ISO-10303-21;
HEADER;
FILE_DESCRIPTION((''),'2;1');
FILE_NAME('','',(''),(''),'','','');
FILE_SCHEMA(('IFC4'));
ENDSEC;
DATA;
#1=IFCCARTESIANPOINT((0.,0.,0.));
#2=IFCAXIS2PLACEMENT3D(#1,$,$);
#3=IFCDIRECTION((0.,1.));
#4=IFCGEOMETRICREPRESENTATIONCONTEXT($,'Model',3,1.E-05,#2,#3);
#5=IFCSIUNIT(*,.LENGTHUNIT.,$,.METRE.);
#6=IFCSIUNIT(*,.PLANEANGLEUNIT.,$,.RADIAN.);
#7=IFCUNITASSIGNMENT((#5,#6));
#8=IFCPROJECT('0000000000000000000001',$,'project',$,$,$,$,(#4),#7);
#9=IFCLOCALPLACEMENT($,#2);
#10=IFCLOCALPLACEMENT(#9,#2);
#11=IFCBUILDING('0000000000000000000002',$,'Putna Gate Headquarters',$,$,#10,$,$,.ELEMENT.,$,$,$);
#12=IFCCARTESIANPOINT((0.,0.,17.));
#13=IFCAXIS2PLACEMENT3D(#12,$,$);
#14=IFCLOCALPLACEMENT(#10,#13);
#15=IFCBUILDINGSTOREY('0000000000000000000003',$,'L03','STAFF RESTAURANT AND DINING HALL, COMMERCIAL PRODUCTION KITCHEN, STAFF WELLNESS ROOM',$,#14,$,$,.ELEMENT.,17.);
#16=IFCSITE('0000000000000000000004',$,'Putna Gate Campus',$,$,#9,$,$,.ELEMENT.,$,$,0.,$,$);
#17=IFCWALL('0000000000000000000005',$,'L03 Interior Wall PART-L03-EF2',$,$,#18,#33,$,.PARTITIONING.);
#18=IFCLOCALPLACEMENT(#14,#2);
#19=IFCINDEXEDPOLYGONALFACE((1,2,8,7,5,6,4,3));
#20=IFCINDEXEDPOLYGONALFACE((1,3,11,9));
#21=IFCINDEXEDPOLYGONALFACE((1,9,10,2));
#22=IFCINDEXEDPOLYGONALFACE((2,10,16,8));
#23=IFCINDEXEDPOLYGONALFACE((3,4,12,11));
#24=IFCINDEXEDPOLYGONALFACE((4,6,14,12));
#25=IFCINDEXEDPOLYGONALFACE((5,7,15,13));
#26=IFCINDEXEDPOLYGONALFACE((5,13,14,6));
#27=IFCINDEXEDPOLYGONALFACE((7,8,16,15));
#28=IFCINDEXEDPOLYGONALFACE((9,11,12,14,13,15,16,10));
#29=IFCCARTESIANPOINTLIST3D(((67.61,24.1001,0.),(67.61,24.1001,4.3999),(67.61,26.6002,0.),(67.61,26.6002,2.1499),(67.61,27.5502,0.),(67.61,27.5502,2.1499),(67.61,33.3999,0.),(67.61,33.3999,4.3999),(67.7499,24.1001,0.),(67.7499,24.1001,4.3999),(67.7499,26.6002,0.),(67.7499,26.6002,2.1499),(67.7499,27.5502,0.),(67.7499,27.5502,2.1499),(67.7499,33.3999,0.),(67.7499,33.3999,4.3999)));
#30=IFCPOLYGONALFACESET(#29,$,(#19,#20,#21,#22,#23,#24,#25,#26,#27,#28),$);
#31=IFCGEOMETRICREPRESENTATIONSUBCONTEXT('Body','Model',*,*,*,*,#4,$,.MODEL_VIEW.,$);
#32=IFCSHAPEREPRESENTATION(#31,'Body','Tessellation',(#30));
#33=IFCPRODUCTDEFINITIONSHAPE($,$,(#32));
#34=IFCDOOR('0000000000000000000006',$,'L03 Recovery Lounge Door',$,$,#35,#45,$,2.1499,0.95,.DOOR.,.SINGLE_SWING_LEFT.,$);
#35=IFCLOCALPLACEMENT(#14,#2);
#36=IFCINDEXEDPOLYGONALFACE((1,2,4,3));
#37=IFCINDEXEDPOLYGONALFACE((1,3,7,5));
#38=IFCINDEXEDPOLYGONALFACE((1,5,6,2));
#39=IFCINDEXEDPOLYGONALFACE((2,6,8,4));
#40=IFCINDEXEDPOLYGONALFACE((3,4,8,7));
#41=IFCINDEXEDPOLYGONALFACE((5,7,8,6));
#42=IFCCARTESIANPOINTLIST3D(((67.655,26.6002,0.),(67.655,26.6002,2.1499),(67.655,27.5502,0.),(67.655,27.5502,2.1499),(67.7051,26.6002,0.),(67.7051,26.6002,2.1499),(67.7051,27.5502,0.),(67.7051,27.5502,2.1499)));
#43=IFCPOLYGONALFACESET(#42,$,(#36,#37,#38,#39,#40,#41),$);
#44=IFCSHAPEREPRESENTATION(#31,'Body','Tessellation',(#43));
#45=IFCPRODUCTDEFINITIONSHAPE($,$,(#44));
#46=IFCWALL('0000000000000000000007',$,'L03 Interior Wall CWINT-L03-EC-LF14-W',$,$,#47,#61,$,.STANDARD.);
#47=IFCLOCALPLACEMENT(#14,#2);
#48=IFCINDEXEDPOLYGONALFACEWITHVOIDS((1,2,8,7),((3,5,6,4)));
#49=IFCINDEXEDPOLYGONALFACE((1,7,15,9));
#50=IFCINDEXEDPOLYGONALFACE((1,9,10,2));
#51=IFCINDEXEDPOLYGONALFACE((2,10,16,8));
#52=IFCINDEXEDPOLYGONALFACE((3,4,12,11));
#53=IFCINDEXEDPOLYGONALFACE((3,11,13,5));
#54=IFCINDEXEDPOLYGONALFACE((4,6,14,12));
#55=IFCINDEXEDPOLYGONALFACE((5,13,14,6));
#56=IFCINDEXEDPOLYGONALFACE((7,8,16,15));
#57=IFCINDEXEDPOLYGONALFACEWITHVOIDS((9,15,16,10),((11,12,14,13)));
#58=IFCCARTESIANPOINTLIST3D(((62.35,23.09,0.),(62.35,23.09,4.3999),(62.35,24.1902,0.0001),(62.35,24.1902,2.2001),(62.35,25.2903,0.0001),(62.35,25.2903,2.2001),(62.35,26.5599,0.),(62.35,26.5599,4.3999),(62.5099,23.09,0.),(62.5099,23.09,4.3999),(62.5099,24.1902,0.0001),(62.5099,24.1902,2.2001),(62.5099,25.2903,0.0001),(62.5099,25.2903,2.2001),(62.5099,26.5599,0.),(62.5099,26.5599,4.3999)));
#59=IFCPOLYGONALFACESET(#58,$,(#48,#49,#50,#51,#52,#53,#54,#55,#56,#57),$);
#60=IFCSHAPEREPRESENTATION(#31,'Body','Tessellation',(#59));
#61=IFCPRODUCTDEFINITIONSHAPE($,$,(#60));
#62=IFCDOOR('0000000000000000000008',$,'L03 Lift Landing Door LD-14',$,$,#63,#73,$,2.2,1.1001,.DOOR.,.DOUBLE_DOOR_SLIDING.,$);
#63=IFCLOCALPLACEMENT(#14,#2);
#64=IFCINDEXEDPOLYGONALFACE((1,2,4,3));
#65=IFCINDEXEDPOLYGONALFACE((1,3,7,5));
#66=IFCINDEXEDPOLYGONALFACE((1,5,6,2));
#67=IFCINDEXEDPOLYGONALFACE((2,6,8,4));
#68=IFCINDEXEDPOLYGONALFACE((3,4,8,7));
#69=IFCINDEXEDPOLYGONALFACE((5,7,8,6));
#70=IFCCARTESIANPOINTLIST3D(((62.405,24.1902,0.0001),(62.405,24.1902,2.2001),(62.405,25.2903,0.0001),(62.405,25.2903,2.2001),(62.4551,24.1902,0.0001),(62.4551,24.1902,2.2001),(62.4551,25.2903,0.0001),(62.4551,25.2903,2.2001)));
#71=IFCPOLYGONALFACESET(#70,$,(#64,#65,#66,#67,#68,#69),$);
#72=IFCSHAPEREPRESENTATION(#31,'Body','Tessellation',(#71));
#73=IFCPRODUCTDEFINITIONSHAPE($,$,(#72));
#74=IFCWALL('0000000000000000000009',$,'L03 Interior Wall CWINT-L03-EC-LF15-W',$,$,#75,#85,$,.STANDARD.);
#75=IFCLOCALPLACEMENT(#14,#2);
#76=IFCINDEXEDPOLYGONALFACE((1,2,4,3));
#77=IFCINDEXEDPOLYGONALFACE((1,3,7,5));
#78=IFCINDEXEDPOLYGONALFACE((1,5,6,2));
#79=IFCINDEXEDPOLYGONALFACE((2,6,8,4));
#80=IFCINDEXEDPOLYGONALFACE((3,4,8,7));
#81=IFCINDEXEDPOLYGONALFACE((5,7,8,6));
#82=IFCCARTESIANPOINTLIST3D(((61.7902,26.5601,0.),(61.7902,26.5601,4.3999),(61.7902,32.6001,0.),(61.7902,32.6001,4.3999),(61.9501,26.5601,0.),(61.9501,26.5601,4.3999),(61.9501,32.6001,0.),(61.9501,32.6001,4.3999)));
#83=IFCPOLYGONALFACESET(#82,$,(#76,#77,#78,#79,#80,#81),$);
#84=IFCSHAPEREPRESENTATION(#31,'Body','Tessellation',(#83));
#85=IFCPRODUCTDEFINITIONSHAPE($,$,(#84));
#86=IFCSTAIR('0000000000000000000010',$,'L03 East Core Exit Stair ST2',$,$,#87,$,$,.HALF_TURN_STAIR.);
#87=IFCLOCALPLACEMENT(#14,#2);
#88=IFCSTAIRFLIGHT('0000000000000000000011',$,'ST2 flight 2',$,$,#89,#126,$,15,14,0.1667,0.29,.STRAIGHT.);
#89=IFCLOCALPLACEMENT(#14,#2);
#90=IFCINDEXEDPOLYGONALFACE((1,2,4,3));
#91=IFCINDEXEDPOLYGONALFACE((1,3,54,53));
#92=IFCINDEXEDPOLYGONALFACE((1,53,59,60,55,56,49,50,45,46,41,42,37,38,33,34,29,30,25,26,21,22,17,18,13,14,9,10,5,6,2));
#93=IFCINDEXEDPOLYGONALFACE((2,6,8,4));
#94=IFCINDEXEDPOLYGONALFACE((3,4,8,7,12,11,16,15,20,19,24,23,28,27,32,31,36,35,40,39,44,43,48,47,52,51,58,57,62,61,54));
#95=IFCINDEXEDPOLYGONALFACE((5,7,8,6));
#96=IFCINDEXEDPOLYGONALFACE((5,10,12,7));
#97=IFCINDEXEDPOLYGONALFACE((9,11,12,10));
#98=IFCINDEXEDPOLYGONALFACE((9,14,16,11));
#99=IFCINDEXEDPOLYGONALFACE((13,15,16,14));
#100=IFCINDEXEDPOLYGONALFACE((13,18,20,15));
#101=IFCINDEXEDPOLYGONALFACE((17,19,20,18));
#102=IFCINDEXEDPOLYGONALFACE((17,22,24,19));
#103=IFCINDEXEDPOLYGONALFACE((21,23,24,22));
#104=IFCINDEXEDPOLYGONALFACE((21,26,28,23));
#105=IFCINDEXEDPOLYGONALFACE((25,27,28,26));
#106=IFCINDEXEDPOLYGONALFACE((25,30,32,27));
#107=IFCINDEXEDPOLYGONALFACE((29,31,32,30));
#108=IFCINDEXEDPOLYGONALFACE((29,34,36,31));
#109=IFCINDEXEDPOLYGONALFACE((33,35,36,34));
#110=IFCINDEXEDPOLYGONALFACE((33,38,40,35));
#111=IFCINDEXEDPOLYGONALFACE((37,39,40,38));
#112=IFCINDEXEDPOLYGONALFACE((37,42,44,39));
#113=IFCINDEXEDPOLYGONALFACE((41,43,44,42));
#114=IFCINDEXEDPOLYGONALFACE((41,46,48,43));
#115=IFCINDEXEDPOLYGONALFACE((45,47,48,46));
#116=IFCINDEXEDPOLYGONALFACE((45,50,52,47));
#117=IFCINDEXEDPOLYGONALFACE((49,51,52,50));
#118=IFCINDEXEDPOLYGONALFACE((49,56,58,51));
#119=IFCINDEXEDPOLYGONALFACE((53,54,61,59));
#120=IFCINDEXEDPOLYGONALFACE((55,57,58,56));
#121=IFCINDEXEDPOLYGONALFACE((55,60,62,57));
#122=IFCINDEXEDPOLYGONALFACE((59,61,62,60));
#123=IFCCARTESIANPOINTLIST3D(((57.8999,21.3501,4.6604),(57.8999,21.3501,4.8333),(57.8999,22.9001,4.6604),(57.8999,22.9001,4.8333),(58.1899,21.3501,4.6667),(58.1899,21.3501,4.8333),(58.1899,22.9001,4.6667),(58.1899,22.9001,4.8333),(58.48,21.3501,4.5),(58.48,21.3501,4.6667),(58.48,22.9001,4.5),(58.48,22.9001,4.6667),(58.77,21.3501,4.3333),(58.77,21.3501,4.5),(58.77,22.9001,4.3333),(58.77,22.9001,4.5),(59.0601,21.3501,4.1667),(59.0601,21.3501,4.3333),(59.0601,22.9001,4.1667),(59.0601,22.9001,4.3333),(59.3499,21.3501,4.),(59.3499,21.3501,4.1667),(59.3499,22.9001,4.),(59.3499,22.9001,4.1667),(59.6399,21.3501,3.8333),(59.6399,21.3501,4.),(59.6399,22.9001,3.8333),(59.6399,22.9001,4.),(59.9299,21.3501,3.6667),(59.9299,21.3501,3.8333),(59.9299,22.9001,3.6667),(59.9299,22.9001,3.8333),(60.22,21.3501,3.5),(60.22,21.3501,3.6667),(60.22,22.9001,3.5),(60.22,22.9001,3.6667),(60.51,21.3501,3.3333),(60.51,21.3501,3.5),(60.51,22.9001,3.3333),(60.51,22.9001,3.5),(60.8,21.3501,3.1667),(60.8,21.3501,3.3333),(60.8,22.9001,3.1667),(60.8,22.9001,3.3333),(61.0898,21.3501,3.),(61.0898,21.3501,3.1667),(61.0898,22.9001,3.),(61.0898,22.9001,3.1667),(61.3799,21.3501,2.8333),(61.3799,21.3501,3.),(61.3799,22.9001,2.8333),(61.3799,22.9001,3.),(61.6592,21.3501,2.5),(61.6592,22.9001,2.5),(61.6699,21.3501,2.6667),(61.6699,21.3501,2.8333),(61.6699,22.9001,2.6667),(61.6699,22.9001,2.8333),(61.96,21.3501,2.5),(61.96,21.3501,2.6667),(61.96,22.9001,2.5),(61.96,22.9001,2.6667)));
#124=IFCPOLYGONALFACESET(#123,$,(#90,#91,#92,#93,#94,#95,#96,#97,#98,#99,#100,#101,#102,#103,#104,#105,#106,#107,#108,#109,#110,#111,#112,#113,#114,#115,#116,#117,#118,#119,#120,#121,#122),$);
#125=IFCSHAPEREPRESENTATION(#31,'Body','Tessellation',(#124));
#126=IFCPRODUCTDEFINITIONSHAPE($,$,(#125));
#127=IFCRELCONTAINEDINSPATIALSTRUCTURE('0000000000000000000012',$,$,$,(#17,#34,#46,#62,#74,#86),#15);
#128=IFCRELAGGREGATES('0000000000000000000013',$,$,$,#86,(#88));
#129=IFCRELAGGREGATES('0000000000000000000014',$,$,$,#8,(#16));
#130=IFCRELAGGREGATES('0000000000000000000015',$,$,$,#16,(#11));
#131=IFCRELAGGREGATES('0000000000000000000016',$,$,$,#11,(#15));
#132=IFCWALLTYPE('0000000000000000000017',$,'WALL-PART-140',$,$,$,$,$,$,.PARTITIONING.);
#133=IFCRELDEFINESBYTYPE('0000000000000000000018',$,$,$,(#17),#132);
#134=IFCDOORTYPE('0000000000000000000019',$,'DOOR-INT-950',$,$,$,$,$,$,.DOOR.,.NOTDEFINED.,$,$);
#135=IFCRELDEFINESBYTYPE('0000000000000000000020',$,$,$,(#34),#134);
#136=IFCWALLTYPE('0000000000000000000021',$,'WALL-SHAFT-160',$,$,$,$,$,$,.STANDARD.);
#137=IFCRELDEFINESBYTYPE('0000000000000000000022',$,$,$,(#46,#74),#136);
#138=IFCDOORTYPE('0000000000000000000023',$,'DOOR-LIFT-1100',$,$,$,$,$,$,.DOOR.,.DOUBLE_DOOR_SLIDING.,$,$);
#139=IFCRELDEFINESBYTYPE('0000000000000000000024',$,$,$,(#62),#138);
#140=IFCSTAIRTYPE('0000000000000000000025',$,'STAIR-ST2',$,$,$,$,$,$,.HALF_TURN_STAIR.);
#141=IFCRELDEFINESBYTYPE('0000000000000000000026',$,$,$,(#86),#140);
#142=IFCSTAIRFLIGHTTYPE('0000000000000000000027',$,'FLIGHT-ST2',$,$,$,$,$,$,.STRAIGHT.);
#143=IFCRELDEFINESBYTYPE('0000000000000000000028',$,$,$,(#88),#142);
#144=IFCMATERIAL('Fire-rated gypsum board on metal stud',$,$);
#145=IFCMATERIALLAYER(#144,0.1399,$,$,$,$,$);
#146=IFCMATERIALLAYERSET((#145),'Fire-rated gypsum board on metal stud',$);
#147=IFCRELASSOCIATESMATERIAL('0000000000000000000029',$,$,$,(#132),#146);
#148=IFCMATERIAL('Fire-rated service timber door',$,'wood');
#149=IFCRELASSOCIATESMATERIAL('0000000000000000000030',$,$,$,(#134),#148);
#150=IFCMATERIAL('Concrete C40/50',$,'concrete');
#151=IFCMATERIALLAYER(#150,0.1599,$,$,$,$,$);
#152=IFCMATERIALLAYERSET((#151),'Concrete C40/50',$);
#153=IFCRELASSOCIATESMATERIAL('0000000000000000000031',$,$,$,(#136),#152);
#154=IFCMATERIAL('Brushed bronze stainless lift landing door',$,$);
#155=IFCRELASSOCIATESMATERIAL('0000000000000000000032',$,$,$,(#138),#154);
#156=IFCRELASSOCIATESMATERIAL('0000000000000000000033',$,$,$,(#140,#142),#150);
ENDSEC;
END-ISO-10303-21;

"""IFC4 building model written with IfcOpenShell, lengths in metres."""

from ifc_helpers import new_model, si_unit, direction, frame, frame_2d, origin, place, context, subcontext, project, spatial, polyline, rectangle, outline, extrude, material, layer, layer_set, type_object, element, fill, aggregate, save


model = new_model("IFC4")

# Units and contexts
model_context = context("Model", 3, precision=1e-05, world=origin(), true_north=direction((0.0, 1.0)))
body_context = subcontext(model_context, "Body", "Model", "MODEL_VIEW")
ifc_project = project(units=[si_unit("LENGTHUNIT", "METRE"), si_unit("PLANEANGLEUNIT", "RADIAN")], contexts=[model_context])

# Site, building, storey
site_placement = place(None, origin())
site = spatial("IfcSite", under=ifc_project, at=site_placement, Name="Putna Gate Campus", CompositionType="ELEMENT", RefElevation=0.0)
building_placement = place(site_placement, origin())
building = spatial("IfcBuilding", under=site, at=building_placement, Name="Putna Gate Headquarters", CompositionType="ELEMENT")
storey_placement = place(building_placement, frame((0.0, 0.0, 17.0)))
storey = spatial("IfcBuildingStorey", under=building, at=storey_placement, Name="L03", Description="STAFF RESTAURANT AND DINING HALL, COMMERCIAL PRODUCTION KITCHEN, STAFF WELLNESS ROOM", CompositionType="ELEMENT", Elevation=17.0)

# Shared definitions
ifc_material_1 = material(Name="Fire-rated gypsum board on metal stud")
ifc_layer_1 = layer(ifc_material_1, 0.1399)
ifc_layer_set_1 = layer_set([ifc_layer_1], Name="Fire-rated gypsum board on metal stud")
wall_type_1 = type_object("IfcWallType", Name="WALL-PART-140", PredefinedType="PARTITIONING", material=ifc_layer_set_1)

# Walls, openings, doors
wall_1_placement = place(storey_placement, frame((67.6799, 24.1001, 0.0), z_axis=(0.0, 0.0, 1.0), x_axis=(0.0, 1.0, 0.0)))
wall_1 = element("IfcWall", 1, at=wall_1_placement, inside=storey, type_object=wall_type_1, Name="L03 Interior Wall PART-L03-EF2", PredefinedType="PARTITIONING", context=body_context, shape_type="SweptSolid", body=[
    extrude(rectangle(XDim=9.2998, YDim=0.1399, at=frame_2d((4.6499, 0.0))), origin(), (0.0, 0.0, 1.0), 4.3999),
])
opening_1_placement = place(wall_1_placement, frame((2.5, 0.0, 0.0)))
opening_1 = element("IfcOpeningElement", 2, at=opening_1_placement, cuts=wall_1, PredefinedType="OPENING", context=body_context, shape_type="SweptSolid", body=[
    extrude(rectangle(XDim=0.95, YDim=2.1499, at=frame_2d((0.4751, 1.075))), frame((0.0, 0.0798, 0.0), z_axis=(0.0, -1.0, 0.0), x_axis=(1.0, 0.0, 0.0)), (0.0, 0.0, 1.0), 0.1599),
])
ifc_material_2 = material(Name="Fire-rated service timber door", Category="wood")
door_type_1 = type_object("IfcDoorType", Name="DOOR-INT-950", OperationType="NOTDEFINED", PredefinedType="DOOR", material=ifc_material_2)
door_1_placement = place(opening_1_placement, origin())
door_1 = element("IfcDoor", 3, at=door_1_placement, inside=storey, type_object=door_type_1, Name="L03 Recovery Lounge Door", OperationType="SINGLE_SWING_LEFT", OverallHeight=2.1499, OverallWidth=0.95, PredefinedType="DOOR", context=body_context, shape_type="SweptSolid", body=[
    extrude(rectangle(XDim=0.95, YDim=2.1499, at=frame_2d((0.4751, 1.075))), frame((0.0, 0.0249, 0.0), z_axis=(0.0, -1.0, 0.0), x_axis=(1.0, 0.0, 0.0)), (0.0, 0.0, 1.0), 0.05),
])
fill(opening_1, door_1)
ifc_material_3 = material(Name="Concrete C40/50", Category="concrete")
ifc_layer_2 = layer(ifc_material_3, 0.1599)
ifc_layer_set_2 = layer_set([ifc_layer_2], Name="Concrete C40/50")
wall_type_2 = type_object("IfcWallType", Name="WALL-SHAFT-160", PredefinedType="STANDARD", material=ifc_layer_set_2)
wall_2_placement = place(storey_placement, frame((62.4299, 23.0901, 0.0), z_axis=(0.0, 0.0, 1.0), x_axis=(0.0, 1.0, 0.0)))
wall_2 = element("IfcWall", 4, at=wall_2_placement, inside=storey, type_object=wall_type_2, Name="L03 Interior Wall CWINT-L03-EC-LF14-W", PredefinedType="STANDARD", context=body_context, shape_type="SweptSolid", body=[
    extrude(rectangle(XDim=3.47, YDim=0.1599, at=frame_2d((1.7349, 0.0))), origin(), (0.0, 0.0, 1.0), 4.3999),
])
opening_2_placement = place(wall_2_placement, frame((1.1001, 0.0, 0.0)))
opening_2 = element("IfcOpeningElement", 5, at=opening_2_placement, cuts=wall_2, PredefinedType="OPENING", context=body_context, shape_type="SweptSolid", body=[
    extrude(rectangle(XDim=1.1001, YDim=2.2, at=frame_2d((0.55, 1.1001))), frame((0.0, 0.0898, 0.0), z_axis=(0.0, -1.0, 0.0), x_axis=(1.0, 0.0, 0.0)), (0.0, 0.0, 1.0), 0.1799),
])
ifc_material_4 = material(Name="Brushed bronze stainless lift landing door")
door_type_2 = type_object("IfcDoorType", Name="DOOR-LIFT-1100", OperationType="DOUBLE_DOOR_SLIDING", PredefinedType="DOOR", material=ifc_material_4)
door_2_placement = place(opening_2_placement, origin())
door_2 = element("IfcDoor", 6, at=door_2_placement, inside=storey, type_object=door_type_2, Name="L03 Lift Landing Door LD-14", OperationType="DOUBLE_DOOR_SLIDING", OverallHeight=2.2, OverallWidth=1.1001, PredefinedType="DOOR", context=body_context, shape_type="SweptSolid", body=[
    extrude(rectangle(XDim=1.1001, YDim=2.2, at=frame_2d((0.55, 1.1001))), frame((0.0, 0.0249, 0.0), z_axis=(0.0, -1.0, 0.0), x_axis=(1.0, 0.0, 0.0)), (0.0, 0.0, 1.0), 0.05),
])
fill(opening_2, door_2)

# Wall
wall_3_placement = place(storey_placement, frame((61.8701, 26.5601, 0.0), z_axis=(0.0, 0.0, 1.0), x_axis=(0.0, 1.0, 0.0)))
element("IfcWall", 7, at=wall_3_placement, inside=storey, type_object=wall_type_2, Name="L03 Interior Wall CWINT-L03-EC-LF15-W", PredefinedType="STANDARD", context=body_context, shape_type="SweptSolid", body=[
    extrude(rectangle(XDim=6.04, YDim=0.1599, at=frame_2d((3.02, 0.0))), origin(), (0.0, 0.0, 1.0), 4.3999),
])

# Stair, stair flight
stair_type = type_object("IfcStairType", Name="STAIR-ST2", PredefinedType="HALF_TURN_STAIR", material=ifc_material_3)
stair_placement = place(storey_placement, origin())
stair = element("IfcStair", 8, at=stair_placement, inside=storey, type_object=stair_type, Name="L03 East Core Exit Stair ST2", PredefinedType="HALF_TURN_STAIR")
stair_flight_type = type_object("IfcStairFlightType", Name="FLIGHT-ST2", PredefinedType="STRAIGHT", material=ifc_material_3)
stair_flight_placement = place(storey_placement, frame((61.96, 22.125, 2.5), z_axis=(0.0, 0.0, 1.0), x_axis=(-1.0, 0.0, 0.0)))
stair_flight = element("IfcStairFlight", 9, at=stair_flight_placement, type_object=stair_flight_type, Name="ST2 flight 2", NumberOfRisers=15, NumberOfTreads=14, PredefinedType="STRAIGHT", RiserHeight=0.1667, TreadLength=0.29, context=body_context, shape_type="SweptSolid", body=[
    extrude(outline(polyline([(0.0, 0.0), (0.0, 0.1667), (0.29, 0.1667), (0.29, 0.3333), (0.5801, 0.3333), (0.5801, 0.5), (0.8701, 0.5), (0.8701, 0.6667), (1.1599, 0.6667), (1.1599, 0.8333), (1.45, 0.8333), (1.45, 1.0), (1.74, 1.0), (1.74, 1.1667), (2.03, 1.1667), (2.03, 1.3333), (2.3201, 1.3333), (2.3201, 1.5), (2.6101, 1.5), (2.6101, 1.6667), (2.8999, 1.6667), (2.8999, 1.8333), (3.1899, 1.8333), (3.1899, 2.0), (3.48, 2.0), (3.48, 2.1667), (3.77, 2.1667), (3.77, 2.3333), (4.0601, 2.3333), (4.0601, 2.5), (4.0601, 2.1604), (0.3008, 0.0), (0.0, 0.0)])), frame((0.0, 0.7749, 0.0), z_axis=(0.0, -1.0, 0.0), x_axis=(1.0, 0.0, 0.0)), (0.0, 0.0, 1.0), 1.55),
])
aggregate(stair, [stair_flight])

save(model, "model.ifc")
